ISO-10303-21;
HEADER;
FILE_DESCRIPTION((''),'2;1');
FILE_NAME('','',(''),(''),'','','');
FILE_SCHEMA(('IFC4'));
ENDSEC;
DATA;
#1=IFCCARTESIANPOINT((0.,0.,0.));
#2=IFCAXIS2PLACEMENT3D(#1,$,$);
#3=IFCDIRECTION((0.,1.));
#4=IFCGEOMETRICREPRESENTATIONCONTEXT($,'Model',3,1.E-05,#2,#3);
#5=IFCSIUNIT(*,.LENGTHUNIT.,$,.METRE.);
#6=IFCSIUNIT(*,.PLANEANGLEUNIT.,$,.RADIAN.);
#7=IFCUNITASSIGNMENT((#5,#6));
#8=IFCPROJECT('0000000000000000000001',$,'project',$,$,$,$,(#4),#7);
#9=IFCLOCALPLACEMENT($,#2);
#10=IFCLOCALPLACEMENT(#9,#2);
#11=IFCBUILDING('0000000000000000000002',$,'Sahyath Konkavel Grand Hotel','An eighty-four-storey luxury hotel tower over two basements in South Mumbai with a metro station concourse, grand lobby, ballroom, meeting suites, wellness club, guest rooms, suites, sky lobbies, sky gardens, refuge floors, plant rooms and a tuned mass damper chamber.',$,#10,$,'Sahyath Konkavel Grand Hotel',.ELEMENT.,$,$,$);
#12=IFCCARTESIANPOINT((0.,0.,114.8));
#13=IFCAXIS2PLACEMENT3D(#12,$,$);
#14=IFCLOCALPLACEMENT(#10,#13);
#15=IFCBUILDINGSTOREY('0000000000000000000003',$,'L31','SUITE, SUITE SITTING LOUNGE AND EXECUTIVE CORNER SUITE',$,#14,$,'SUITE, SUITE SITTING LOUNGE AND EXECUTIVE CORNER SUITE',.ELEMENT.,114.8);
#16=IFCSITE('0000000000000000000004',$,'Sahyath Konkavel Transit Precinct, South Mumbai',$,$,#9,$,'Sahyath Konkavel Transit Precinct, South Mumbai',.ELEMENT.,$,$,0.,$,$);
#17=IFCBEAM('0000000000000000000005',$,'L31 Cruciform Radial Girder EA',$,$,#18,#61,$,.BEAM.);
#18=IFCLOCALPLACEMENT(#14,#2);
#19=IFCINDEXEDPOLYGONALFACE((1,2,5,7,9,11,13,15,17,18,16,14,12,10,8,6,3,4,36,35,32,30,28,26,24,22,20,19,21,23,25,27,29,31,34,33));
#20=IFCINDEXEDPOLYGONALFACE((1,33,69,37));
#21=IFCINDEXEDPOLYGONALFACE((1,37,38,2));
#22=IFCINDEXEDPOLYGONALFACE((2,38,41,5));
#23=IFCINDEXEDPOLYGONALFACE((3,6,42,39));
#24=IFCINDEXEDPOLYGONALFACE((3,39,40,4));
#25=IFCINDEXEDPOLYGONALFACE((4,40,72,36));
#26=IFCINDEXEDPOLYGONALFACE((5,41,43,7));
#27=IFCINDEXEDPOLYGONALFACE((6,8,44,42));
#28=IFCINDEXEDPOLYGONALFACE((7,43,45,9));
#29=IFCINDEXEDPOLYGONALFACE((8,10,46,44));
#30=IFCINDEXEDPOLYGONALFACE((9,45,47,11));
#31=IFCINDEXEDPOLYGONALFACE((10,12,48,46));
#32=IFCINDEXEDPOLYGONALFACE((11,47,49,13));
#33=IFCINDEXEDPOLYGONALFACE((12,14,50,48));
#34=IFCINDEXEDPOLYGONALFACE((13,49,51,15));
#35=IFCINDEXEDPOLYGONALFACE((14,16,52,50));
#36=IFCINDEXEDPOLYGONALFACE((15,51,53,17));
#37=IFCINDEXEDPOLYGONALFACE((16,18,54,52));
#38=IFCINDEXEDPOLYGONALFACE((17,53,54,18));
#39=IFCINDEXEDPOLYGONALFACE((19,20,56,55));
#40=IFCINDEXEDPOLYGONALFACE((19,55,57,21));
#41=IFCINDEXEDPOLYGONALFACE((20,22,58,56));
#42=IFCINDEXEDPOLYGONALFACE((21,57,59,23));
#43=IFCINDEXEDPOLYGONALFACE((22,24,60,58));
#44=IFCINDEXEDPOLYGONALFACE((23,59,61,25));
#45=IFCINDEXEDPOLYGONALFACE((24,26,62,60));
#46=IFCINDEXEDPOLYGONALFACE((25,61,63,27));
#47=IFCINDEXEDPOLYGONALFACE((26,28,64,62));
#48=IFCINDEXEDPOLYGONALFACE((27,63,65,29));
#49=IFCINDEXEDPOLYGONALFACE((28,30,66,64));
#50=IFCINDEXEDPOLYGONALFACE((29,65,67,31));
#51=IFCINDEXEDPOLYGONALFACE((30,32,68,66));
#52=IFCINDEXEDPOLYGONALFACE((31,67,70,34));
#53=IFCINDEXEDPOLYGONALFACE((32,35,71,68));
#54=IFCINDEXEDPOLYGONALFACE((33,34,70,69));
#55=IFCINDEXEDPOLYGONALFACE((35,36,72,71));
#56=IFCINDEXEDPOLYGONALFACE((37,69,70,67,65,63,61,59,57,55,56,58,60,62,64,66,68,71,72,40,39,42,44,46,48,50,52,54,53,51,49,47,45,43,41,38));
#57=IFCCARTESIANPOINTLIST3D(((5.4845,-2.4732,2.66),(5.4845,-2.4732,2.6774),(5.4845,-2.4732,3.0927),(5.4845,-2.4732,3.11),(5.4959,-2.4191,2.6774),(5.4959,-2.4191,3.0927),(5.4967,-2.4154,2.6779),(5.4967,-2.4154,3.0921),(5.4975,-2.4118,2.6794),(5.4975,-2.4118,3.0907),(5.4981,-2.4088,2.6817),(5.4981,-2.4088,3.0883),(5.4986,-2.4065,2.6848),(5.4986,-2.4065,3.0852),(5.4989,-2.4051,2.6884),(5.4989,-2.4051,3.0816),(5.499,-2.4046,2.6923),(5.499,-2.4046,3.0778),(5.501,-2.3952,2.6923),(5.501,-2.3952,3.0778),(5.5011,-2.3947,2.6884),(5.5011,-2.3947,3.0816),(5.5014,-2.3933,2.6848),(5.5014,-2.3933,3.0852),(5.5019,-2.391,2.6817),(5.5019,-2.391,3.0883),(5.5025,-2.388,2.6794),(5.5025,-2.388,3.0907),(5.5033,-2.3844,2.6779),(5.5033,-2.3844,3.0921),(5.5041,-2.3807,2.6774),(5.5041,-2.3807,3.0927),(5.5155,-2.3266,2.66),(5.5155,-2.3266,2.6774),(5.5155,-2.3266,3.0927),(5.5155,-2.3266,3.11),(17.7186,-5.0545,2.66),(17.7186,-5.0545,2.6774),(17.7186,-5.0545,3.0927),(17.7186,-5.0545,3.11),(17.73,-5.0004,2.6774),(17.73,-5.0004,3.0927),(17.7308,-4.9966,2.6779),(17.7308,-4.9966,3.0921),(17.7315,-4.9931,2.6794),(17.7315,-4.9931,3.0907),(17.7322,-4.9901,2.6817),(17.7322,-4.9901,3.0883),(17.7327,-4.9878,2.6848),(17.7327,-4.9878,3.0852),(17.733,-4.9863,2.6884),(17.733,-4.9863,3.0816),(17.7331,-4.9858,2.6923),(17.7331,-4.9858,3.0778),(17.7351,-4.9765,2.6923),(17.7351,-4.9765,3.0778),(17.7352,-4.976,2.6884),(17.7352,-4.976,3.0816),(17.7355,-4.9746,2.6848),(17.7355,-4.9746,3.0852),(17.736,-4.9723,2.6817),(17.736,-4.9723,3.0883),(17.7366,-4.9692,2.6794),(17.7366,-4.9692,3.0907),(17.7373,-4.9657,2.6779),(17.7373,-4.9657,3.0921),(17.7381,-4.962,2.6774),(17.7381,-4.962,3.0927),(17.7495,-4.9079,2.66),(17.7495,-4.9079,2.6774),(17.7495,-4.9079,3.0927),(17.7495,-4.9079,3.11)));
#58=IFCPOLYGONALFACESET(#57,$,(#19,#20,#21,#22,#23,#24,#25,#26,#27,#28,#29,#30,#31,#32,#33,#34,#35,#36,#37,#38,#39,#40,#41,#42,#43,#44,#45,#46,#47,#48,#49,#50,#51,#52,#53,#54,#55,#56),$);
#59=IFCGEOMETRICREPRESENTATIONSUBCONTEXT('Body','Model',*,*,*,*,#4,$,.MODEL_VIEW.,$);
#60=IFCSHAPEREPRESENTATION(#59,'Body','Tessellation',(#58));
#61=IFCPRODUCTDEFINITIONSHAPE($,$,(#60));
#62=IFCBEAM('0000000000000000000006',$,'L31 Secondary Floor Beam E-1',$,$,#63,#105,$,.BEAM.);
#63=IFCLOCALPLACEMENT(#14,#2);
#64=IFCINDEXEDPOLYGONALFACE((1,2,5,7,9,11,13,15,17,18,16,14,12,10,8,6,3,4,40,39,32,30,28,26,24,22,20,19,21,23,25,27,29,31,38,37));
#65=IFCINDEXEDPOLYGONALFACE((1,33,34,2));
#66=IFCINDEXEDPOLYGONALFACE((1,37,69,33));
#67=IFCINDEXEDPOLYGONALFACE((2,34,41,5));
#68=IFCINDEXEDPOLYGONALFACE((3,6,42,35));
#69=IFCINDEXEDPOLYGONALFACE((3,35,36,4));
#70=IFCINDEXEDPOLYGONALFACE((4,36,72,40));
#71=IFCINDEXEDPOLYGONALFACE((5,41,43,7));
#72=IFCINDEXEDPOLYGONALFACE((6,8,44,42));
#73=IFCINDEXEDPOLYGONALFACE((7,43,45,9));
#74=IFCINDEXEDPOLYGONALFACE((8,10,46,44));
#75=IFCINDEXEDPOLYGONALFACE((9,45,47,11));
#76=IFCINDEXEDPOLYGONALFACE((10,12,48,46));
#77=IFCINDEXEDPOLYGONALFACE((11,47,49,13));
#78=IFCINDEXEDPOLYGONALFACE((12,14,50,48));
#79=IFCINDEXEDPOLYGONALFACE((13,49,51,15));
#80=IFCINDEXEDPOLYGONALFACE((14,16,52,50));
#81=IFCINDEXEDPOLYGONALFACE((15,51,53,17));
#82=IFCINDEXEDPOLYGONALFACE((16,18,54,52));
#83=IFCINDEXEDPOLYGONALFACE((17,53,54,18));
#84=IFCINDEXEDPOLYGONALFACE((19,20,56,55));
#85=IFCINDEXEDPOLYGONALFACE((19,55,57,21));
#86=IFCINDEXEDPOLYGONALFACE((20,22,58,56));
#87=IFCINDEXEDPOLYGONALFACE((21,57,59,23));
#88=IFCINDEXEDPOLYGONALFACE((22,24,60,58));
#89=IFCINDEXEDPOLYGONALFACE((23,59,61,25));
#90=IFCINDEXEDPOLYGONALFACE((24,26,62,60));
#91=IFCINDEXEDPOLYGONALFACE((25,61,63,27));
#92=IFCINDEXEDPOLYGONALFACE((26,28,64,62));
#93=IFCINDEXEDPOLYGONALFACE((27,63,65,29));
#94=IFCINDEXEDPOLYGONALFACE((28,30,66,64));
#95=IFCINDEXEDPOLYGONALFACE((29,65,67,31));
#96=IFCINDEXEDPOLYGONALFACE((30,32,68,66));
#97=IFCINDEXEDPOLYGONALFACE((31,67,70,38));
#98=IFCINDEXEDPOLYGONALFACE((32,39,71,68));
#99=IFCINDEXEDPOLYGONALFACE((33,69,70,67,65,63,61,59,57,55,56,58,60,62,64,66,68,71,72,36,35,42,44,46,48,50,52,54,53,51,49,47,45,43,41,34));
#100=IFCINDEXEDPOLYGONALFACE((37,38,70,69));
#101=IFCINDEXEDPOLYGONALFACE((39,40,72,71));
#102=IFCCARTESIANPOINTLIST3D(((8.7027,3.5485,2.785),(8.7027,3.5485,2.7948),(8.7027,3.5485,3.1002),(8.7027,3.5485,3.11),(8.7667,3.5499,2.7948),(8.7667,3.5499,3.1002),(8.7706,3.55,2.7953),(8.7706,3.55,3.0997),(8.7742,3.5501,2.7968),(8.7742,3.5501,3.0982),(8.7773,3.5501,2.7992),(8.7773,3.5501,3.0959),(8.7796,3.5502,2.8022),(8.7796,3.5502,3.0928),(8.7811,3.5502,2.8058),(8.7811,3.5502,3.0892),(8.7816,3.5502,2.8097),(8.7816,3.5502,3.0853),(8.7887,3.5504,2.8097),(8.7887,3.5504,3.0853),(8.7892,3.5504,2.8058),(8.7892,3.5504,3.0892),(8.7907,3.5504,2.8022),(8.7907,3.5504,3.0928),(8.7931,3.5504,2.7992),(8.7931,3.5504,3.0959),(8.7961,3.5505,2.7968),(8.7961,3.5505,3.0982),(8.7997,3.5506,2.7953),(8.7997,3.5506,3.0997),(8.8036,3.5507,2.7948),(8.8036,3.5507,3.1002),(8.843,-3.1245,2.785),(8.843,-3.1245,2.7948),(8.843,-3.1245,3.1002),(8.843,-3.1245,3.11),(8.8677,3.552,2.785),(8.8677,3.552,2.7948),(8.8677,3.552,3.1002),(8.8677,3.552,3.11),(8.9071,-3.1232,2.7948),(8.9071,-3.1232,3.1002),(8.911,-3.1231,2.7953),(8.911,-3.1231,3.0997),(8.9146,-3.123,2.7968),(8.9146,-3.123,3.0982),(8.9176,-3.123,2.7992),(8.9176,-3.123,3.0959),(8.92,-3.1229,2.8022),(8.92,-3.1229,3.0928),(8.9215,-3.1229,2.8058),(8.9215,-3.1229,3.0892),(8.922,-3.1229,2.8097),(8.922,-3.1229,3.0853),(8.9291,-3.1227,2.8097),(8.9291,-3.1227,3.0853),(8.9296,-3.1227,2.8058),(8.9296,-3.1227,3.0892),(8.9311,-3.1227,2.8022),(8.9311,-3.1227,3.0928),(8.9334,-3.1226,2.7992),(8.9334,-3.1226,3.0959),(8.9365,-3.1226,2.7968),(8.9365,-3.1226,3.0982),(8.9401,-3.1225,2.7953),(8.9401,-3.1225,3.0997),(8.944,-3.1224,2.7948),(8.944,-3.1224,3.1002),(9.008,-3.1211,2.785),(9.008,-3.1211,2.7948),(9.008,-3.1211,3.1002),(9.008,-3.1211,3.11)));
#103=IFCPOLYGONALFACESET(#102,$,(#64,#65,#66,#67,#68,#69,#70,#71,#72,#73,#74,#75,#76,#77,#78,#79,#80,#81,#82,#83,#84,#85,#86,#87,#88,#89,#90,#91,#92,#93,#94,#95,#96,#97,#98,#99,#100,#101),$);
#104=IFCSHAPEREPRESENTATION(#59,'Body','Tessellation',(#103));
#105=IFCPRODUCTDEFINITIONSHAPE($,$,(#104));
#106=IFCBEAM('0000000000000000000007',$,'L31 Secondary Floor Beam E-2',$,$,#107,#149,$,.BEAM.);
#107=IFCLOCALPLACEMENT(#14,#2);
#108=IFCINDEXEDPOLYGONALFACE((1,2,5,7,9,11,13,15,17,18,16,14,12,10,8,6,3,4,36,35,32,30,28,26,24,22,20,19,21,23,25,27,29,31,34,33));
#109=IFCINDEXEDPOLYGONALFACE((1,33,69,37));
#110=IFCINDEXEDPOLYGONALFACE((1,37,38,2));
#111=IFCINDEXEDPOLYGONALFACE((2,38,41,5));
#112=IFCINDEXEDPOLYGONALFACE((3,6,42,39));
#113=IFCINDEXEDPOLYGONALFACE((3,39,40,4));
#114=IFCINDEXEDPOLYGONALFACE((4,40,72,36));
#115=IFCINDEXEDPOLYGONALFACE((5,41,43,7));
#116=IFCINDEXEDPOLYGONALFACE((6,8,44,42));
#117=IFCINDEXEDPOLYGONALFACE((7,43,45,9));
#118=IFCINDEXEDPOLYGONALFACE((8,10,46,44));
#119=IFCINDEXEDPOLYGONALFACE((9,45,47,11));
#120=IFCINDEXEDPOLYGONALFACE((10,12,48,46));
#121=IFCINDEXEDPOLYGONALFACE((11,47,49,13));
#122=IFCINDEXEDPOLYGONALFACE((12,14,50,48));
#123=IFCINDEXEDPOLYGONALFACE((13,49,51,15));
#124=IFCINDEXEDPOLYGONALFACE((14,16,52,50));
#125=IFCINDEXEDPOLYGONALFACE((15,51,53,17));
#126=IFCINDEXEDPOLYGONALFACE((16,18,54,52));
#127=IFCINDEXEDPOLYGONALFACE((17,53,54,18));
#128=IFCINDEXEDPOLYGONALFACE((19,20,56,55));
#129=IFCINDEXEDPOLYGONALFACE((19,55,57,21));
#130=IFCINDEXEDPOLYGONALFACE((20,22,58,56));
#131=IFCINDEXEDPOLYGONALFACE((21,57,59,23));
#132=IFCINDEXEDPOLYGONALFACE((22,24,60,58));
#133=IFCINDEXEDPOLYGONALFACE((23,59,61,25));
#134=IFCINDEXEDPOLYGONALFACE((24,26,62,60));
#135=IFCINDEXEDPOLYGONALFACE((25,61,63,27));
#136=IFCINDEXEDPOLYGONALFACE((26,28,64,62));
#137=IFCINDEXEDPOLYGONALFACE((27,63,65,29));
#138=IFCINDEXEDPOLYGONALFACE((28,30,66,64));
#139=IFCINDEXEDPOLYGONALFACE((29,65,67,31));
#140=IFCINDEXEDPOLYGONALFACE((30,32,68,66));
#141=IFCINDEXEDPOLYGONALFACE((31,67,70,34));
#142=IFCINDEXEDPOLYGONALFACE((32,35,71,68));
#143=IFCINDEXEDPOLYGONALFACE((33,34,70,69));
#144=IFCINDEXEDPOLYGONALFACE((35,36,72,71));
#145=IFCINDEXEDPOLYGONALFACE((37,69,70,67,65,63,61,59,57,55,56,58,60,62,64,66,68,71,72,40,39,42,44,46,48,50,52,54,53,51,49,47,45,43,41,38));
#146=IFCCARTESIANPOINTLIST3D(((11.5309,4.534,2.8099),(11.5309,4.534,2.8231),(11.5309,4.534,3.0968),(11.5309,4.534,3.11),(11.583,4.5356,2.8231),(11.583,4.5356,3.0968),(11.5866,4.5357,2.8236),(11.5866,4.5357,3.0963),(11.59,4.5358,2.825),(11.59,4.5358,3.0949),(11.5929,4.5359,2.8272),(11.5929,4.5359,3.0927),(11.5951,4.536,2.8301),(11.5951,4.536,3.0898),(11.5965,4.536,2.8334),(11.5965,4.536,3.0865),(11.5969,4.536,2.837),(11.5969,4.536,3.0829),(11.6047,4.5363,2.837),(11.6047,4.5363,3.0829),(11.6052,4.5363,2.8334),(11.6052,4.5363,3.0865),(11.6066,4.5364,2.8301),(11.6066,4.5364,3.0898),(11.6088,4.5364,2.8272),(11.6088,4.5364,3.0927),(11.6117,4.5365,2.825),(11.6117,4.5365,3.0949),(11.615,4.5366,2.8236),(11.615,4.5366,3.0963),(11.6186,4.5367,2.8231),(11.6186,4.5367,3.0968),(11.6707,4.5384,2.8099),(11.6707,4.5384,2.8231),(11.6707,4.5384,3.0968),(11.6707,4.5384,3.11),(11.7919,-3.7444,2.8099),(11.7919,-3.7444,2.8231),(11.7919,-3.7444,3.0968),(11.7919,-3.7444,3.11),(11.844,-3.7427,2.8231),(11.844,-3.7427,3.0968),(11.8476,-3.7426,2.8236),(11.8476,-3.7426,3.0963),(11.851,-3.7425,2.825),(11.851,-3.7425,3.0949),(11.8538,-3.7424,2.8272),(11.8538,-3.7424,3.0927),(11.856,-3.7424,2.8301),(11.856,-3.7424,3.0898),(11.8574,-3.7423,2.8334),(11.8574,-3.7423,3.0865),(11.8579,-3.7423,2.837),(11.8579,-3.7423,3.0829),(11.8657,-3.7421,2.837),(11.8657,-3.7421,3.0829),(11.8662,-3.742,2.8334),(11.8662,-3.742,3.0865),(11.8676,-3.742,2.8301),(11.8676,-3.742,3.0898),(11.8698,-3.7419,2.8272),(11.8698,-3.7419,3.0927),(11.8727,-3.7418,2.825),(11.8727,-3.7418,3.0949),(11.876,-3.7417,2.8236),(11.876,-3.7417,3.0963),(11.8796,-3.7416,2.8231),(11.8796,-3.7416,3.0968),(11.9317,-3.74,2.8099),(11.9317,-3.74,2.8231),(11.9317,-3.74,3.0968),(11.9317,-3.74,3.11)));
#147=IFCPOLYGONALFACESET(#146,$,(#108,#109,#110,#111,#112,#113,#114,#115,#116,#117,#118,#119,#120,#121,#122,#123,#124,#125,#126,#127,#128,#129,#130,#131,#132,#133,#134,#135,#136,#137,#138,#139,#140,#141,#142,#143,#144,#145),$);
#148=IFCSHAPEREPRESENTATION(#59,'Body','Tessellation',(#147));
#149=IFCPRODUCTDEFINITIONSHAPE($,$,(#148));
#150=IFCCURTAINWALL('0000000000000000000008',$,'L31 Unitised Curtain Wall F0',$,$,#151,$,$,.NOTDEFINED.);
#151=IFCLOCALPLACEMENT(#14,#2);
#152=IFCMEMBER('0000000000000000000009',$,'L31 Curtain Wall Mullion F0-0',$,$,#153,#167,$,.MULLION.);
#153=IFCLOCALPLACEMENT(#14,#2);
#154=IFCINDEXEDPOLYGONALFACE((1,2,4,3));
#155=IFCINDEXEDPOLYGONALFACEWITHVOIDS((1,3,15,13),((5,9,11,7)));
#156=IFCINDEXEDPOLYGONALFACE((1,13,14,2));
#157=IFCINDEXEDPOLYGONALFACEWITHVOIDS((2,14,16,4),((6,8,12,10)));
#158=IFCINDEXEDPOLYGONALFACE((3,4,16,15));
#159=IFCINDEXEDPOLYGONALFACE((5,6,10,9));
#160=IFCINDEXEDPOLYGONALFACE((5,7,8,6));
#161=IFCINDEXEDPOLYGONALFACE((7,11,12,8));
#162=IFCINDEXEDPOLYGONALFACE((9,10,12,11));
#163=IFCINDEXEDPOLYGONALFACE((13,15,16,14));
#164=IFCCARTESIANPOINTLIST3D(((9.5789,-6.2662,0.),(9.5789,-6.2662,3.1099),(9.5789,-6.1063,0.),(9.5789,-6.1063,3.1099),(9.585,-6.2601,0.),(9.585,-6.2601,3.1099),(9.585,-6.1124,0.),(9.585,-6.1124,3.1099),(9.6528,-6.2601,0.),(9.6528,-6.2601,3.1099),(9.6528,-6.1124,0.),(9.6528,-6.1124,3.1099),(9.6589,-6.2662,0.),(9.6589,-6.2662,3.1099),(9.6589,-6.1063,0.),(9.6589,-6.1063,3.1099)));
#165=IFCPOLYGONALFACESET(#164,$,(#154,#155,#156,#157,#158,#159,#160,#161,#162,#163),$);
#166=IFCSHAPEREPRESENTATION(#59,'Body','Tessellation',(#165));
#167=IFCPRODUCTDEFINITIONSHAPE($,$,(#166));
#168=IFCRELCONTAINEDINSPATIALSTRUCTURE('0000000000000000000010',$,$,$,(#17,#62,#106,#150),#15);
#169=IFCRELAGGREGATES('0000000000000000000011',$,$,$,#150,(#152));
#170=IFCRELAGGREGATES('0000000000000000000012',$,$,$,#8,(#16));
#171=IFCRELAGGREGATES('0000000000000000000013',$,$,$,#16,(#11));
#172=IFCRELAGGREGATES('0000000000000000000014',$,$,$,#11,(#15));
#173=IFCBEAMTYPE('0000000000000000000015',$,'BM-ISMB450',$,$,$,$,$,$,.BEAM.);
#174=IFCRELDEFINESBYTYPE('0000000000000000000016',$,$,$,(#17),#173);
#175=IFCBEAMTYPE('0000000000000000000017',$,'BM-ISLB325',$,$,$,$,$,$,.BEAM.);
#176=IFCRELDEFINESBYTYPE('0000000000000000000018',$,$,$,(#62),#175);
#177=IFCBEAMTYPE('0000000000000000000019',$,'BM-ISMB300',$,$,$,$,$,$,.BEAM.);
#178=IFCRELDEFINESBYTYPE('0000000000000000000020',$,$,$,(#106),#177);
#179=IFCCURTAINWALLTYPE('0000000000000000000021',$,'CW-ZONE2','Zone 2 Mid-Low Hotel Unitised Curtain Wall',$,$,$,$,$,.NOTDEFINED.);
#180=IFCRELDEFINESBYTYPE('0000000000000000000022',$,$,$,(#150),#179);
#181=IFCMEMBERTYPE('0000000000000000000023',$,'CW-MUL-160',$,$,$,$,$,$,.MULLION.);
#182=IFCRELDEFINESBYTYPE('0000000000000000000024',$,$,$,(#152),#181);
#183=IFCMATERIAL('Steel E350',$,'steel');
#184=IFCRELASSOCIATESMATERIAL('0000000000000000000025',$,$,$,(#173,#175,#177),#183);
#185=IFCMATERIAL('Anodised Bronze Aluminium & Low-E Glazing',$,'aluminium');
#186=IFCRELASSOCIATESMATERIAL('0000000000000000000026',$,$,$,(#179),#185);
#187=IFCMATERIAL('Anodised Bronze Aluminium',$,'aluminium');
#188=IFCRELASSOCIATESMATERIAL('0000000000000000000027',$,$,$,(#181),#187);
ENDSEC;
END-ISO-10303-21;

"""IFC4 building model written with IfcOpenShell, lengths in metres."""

from ifc_helpers import new_model, si_unit, direction, frame, origin, origin_2d, place, context, subcontext, project, spatial, hollow_rectangle, i_section, extrude, source, transform, mapped, material, material_profile, profile_set, type_object, element, aggregate, save


model = new_model("IFC4")

# Units and contexts
model_context = context("Model", 3, precision=1e-05, world=origin(), true_north=direction((0.0, 1.0)))
body_context = subcontext(model_context, "Body", "Model", "MODEL_VIEW")
ifc_project = project(units=[si_unit("LENGTHUNIT", "METRE"), si_unit("PLANEANGLEUNIT", "RADIAN")], contexts=[model_context])

# Site, building, storey
site_placement = place(None, origin())
site = spatial("IfcSite", under=ifc_project, at=site_placement, Name="Sahyath Konkavel Transit Precinct, South Mumbai", LongName="Sahyath Konkavel Transit Precinct, South Mumbai", CompositionType="ELEMENT", RefElevation=0.0)
building_placement = place(site_placement, origin())
building = spatial("IfcBuilding", under=site, at=building_placement, Name="Sahyath Konkavel Grand Hotel", Description="An eighty-four-storey luxury hotel tower over two basements in South Mumbai with a metro station concourse, grand lobby, ballroom, meeting suites, wellness club, guest rooms, suites, sky lobbies, sky gardens, refuge floors, plant rooms and a tuned mass damper chamber.", LongName="Sahyath Konkavel Grand Hotel", CompositionType="ELEMENT")
storey_placement = place(building_placement, frame((0.0, 0.0, 114.8)))
storey = spatial("IfcBuildingStorey", under=building, at=storey_placement, Name="L31", Description="SUITE, SUITE SITTING LOUNGE AND EXECUTIVE CORNER SUITE", LongName="SUITE, SUITE SITTING LOUNGE AND EXECUTIVE CORNER SUITE", CompositionType="ELEMENT", Elevation=114.8)

# Beams
ifc_material_1 = material(Name="Steel E350", Category="steel")
ifc_material_profile_1 = material_profile(ifc_material_1, i_section(OverallWidth=0.1499, OverallDepth=0.45, WebThickness=0.0095, FlangeThickness=0.0173, FilletRadius=0.0149, at=origin_2d()), Name="ISMB 450")
ifc_profile_set_1 = profile_set([ifc_material_profile_1], Name="Steel E350")
beam_type_1 = type_object("IfcBeamType", Name="BM-ISMB450", PredefinedType="BEAM", material=ifc_profile_set_1)
shared_shape_1 = source(origin(), body_context, "Body", "SweptSolid", [
    extrude(i_section(OverallWidth=0.1499, OverallDepth=0.45, WebThickness=0.0095, FlangeThickness=0.0173, FilletRadius=0.0149, at=origin_2d()), origin(), (0.0, 0.0, 1.0), 12.5034),
])
beam_1_placement = place(storey_placement, frame((5.5, -2.3999, 2.885), z_axis=(0.978458, -0.206446, 0.0), x_axis=(0.206446, 0.978458, 0.0)))
element("IfcBeam", 1, at=beam_1_placement, inside=storey, type_object=beam_type_1, Name="L31 Cruciform Radial Girder EA", PredefinedType="BEAM", context=body_context, shape_type="MappedRepresentation", body=[
    mapped(shared_shape_1, transform((0.0, 0.0, 0.0), scale=1.0)),
])
ifc_material_profile_2 = material_profile(ifc_material_1, i_section(OverallWidth=0.165, OverallDepth=0.325, WebThickness=0.0071, FlangeThickness=0.0098, FilletRadius=0.0149, at=origin_2d()), Name="ISLB 325")
ifc_profile_set_2 = profile_set([ifc_material_profile_2], Name="Steel E350")
beam_type_2 = type_object("IfcBeamType", Name="BM-ISLB325", PredefinedType="BEAM", material=ifc_profile_set_2)
shared_shape_2 = source(origin(), body_context, "Body", "SweptSolid", [
    extrude(i_section(OverallWidth=0.165, OverallDepth=0.325, WebThickness=0.0071, FlangeThickness=0.0098, FilletRadius=0.0149, at=origin_2d()), origin(), (0.0, 0.0, 1.0), 6.6746),
])
beam_2_placement = place(storey_placement, frame((8.9255, -3.1228, 2.9475), z_axis=(-0.021032, 0.999779, 0.0), x_axis=(-0.999779, -0.021032, 0.0)))
element("IfcBeam", 2, at=beam_2_placement, inside=storey, type_object=beam_type_2, Name="L31 Secondary Floor Beam E-1", PredefinedType="BEAM", context=body_context, shape_type="MappedRepresentation", body=[
    mapped(shared_shape_2, transform((0.0, 0.0, 0.0), scale=1.0)),
])
ifc_material_profile_3 = material_profile(ifc_material_1, i_section(OverallWidth=0.1399, OverallDepth=0.3, WebThickness=0.0078, FlangeThickness=0.0132, FilletRadius=0.0139, at=origin_2d()), Name="ISMB 300")
ifc_profile_set_3 = profile_set([ifc_material_profile_3], Name="Steel E350")
beam_type_3 = type_object("IfcBeamType", Name="BM-ISMB300", PredefinedType="BEAM", material=ifc_profile_set_3)
shared_shape_3 = source(origin(), body_context, "Body", "SweptSolid", [
    extrude(i_section(OverallWidth=0.1399, OverallDepth=0.3, WebThickness=0.0078, FlangeThickness=0.0132, FilletRadius=0.0139, at=origin_2d()), origin(), (0.0, 0.0, 1.0), 8.2825),
])
beam_3_placement = place(storey_placement, frame((11.8618, -3.7422, 2.96), z_axis=(-0.031511, 0.999503, 0.0), x_axis=(-0.999503, -0.031511, 0.0)))
element("IfcBeam", 3, at=beam_3_placement, inside=storey, type_object=beam_type_3, Name="L31 Secondary Floor Beam E-2", PredefinedType="BEAM", context=body_context, shape_type="MappedRepresentation", body=[
    mapped(shared_shape_3, transform((0.0, 0.0, 0.0), scale=1.0)),
])

# Curtain wall, member
ifc_material_2 = material(Name="Anodised Bronze Aluminium & Low-E Glazing", Category="aluminium")
curtain_wall_type = type_object("IfcCurtainWallType", Name="CW-ZONE2", Description="Zone 2 Mid-Low Hotel Unitised Curtain Wall", PredefinedType="NOTDEFINED", material=ifc_material_2)
curtain_wall_placement = place(storey_placement, origin())
curtain_wall = element("IfcCurtainWall", 4, at=curtain_wall_placement, inside=storey, type_object=curtain_wall_type, Name="L31 Unitised Curtain Wall F0", PredefinedType="NOTDEFINED")
ifc_material_3 = material(Name="Anodised Bronze Aluminium", Category="aluminium")
ifc_material_profile_4 = material_profile(ifc_material_3, hollow_rectangle(XDim=0.0801, YDim=0.1599, WallThickness=0.0061, at=origin_2d()), Name="RHS 160x80x6")
ifc_profile_set_4 = profile_set([ifc_material_profile_4], Name="Anodised Bronze Aluminium")
member_type_1 = type_object("IfcMemberType", Name="CW-MUL-160", PredefinedType="MULLION", material=ifc_profile_set_4)
shared_shape_4 = source(origin(), body_context, "Body", "SweptSolid", [
    extrude(hollow_rectangle(XDim=0.0801, YDim=0.1599, WallThickness=0.0061, at=origin_2d()), origin(), (0.0, 0.0, 1.0), 3.1099),
])
member_1_placement = place(storey_placement, frame((9.6189, -6.1863, 0.0), z_axis=(0.0, 0.0, 1.0), x_axis=(1.0, 0.0, 0.0)))
member_1 = element("IfcMember", 5, at=member_1_placement, type_object=member_type_1, Name="L31 Curtain Wall Mullion F0-0", PredefinedType="MULLION", context=body_context, shape_type="MappedRepresentation", body=[
    mapped(shared_shape_4, transform((0.0, 0.0, 0.0), scale=1.0)),
])

aggregate(curtain_wall, [member_1])

save(model, "model.ifc")
